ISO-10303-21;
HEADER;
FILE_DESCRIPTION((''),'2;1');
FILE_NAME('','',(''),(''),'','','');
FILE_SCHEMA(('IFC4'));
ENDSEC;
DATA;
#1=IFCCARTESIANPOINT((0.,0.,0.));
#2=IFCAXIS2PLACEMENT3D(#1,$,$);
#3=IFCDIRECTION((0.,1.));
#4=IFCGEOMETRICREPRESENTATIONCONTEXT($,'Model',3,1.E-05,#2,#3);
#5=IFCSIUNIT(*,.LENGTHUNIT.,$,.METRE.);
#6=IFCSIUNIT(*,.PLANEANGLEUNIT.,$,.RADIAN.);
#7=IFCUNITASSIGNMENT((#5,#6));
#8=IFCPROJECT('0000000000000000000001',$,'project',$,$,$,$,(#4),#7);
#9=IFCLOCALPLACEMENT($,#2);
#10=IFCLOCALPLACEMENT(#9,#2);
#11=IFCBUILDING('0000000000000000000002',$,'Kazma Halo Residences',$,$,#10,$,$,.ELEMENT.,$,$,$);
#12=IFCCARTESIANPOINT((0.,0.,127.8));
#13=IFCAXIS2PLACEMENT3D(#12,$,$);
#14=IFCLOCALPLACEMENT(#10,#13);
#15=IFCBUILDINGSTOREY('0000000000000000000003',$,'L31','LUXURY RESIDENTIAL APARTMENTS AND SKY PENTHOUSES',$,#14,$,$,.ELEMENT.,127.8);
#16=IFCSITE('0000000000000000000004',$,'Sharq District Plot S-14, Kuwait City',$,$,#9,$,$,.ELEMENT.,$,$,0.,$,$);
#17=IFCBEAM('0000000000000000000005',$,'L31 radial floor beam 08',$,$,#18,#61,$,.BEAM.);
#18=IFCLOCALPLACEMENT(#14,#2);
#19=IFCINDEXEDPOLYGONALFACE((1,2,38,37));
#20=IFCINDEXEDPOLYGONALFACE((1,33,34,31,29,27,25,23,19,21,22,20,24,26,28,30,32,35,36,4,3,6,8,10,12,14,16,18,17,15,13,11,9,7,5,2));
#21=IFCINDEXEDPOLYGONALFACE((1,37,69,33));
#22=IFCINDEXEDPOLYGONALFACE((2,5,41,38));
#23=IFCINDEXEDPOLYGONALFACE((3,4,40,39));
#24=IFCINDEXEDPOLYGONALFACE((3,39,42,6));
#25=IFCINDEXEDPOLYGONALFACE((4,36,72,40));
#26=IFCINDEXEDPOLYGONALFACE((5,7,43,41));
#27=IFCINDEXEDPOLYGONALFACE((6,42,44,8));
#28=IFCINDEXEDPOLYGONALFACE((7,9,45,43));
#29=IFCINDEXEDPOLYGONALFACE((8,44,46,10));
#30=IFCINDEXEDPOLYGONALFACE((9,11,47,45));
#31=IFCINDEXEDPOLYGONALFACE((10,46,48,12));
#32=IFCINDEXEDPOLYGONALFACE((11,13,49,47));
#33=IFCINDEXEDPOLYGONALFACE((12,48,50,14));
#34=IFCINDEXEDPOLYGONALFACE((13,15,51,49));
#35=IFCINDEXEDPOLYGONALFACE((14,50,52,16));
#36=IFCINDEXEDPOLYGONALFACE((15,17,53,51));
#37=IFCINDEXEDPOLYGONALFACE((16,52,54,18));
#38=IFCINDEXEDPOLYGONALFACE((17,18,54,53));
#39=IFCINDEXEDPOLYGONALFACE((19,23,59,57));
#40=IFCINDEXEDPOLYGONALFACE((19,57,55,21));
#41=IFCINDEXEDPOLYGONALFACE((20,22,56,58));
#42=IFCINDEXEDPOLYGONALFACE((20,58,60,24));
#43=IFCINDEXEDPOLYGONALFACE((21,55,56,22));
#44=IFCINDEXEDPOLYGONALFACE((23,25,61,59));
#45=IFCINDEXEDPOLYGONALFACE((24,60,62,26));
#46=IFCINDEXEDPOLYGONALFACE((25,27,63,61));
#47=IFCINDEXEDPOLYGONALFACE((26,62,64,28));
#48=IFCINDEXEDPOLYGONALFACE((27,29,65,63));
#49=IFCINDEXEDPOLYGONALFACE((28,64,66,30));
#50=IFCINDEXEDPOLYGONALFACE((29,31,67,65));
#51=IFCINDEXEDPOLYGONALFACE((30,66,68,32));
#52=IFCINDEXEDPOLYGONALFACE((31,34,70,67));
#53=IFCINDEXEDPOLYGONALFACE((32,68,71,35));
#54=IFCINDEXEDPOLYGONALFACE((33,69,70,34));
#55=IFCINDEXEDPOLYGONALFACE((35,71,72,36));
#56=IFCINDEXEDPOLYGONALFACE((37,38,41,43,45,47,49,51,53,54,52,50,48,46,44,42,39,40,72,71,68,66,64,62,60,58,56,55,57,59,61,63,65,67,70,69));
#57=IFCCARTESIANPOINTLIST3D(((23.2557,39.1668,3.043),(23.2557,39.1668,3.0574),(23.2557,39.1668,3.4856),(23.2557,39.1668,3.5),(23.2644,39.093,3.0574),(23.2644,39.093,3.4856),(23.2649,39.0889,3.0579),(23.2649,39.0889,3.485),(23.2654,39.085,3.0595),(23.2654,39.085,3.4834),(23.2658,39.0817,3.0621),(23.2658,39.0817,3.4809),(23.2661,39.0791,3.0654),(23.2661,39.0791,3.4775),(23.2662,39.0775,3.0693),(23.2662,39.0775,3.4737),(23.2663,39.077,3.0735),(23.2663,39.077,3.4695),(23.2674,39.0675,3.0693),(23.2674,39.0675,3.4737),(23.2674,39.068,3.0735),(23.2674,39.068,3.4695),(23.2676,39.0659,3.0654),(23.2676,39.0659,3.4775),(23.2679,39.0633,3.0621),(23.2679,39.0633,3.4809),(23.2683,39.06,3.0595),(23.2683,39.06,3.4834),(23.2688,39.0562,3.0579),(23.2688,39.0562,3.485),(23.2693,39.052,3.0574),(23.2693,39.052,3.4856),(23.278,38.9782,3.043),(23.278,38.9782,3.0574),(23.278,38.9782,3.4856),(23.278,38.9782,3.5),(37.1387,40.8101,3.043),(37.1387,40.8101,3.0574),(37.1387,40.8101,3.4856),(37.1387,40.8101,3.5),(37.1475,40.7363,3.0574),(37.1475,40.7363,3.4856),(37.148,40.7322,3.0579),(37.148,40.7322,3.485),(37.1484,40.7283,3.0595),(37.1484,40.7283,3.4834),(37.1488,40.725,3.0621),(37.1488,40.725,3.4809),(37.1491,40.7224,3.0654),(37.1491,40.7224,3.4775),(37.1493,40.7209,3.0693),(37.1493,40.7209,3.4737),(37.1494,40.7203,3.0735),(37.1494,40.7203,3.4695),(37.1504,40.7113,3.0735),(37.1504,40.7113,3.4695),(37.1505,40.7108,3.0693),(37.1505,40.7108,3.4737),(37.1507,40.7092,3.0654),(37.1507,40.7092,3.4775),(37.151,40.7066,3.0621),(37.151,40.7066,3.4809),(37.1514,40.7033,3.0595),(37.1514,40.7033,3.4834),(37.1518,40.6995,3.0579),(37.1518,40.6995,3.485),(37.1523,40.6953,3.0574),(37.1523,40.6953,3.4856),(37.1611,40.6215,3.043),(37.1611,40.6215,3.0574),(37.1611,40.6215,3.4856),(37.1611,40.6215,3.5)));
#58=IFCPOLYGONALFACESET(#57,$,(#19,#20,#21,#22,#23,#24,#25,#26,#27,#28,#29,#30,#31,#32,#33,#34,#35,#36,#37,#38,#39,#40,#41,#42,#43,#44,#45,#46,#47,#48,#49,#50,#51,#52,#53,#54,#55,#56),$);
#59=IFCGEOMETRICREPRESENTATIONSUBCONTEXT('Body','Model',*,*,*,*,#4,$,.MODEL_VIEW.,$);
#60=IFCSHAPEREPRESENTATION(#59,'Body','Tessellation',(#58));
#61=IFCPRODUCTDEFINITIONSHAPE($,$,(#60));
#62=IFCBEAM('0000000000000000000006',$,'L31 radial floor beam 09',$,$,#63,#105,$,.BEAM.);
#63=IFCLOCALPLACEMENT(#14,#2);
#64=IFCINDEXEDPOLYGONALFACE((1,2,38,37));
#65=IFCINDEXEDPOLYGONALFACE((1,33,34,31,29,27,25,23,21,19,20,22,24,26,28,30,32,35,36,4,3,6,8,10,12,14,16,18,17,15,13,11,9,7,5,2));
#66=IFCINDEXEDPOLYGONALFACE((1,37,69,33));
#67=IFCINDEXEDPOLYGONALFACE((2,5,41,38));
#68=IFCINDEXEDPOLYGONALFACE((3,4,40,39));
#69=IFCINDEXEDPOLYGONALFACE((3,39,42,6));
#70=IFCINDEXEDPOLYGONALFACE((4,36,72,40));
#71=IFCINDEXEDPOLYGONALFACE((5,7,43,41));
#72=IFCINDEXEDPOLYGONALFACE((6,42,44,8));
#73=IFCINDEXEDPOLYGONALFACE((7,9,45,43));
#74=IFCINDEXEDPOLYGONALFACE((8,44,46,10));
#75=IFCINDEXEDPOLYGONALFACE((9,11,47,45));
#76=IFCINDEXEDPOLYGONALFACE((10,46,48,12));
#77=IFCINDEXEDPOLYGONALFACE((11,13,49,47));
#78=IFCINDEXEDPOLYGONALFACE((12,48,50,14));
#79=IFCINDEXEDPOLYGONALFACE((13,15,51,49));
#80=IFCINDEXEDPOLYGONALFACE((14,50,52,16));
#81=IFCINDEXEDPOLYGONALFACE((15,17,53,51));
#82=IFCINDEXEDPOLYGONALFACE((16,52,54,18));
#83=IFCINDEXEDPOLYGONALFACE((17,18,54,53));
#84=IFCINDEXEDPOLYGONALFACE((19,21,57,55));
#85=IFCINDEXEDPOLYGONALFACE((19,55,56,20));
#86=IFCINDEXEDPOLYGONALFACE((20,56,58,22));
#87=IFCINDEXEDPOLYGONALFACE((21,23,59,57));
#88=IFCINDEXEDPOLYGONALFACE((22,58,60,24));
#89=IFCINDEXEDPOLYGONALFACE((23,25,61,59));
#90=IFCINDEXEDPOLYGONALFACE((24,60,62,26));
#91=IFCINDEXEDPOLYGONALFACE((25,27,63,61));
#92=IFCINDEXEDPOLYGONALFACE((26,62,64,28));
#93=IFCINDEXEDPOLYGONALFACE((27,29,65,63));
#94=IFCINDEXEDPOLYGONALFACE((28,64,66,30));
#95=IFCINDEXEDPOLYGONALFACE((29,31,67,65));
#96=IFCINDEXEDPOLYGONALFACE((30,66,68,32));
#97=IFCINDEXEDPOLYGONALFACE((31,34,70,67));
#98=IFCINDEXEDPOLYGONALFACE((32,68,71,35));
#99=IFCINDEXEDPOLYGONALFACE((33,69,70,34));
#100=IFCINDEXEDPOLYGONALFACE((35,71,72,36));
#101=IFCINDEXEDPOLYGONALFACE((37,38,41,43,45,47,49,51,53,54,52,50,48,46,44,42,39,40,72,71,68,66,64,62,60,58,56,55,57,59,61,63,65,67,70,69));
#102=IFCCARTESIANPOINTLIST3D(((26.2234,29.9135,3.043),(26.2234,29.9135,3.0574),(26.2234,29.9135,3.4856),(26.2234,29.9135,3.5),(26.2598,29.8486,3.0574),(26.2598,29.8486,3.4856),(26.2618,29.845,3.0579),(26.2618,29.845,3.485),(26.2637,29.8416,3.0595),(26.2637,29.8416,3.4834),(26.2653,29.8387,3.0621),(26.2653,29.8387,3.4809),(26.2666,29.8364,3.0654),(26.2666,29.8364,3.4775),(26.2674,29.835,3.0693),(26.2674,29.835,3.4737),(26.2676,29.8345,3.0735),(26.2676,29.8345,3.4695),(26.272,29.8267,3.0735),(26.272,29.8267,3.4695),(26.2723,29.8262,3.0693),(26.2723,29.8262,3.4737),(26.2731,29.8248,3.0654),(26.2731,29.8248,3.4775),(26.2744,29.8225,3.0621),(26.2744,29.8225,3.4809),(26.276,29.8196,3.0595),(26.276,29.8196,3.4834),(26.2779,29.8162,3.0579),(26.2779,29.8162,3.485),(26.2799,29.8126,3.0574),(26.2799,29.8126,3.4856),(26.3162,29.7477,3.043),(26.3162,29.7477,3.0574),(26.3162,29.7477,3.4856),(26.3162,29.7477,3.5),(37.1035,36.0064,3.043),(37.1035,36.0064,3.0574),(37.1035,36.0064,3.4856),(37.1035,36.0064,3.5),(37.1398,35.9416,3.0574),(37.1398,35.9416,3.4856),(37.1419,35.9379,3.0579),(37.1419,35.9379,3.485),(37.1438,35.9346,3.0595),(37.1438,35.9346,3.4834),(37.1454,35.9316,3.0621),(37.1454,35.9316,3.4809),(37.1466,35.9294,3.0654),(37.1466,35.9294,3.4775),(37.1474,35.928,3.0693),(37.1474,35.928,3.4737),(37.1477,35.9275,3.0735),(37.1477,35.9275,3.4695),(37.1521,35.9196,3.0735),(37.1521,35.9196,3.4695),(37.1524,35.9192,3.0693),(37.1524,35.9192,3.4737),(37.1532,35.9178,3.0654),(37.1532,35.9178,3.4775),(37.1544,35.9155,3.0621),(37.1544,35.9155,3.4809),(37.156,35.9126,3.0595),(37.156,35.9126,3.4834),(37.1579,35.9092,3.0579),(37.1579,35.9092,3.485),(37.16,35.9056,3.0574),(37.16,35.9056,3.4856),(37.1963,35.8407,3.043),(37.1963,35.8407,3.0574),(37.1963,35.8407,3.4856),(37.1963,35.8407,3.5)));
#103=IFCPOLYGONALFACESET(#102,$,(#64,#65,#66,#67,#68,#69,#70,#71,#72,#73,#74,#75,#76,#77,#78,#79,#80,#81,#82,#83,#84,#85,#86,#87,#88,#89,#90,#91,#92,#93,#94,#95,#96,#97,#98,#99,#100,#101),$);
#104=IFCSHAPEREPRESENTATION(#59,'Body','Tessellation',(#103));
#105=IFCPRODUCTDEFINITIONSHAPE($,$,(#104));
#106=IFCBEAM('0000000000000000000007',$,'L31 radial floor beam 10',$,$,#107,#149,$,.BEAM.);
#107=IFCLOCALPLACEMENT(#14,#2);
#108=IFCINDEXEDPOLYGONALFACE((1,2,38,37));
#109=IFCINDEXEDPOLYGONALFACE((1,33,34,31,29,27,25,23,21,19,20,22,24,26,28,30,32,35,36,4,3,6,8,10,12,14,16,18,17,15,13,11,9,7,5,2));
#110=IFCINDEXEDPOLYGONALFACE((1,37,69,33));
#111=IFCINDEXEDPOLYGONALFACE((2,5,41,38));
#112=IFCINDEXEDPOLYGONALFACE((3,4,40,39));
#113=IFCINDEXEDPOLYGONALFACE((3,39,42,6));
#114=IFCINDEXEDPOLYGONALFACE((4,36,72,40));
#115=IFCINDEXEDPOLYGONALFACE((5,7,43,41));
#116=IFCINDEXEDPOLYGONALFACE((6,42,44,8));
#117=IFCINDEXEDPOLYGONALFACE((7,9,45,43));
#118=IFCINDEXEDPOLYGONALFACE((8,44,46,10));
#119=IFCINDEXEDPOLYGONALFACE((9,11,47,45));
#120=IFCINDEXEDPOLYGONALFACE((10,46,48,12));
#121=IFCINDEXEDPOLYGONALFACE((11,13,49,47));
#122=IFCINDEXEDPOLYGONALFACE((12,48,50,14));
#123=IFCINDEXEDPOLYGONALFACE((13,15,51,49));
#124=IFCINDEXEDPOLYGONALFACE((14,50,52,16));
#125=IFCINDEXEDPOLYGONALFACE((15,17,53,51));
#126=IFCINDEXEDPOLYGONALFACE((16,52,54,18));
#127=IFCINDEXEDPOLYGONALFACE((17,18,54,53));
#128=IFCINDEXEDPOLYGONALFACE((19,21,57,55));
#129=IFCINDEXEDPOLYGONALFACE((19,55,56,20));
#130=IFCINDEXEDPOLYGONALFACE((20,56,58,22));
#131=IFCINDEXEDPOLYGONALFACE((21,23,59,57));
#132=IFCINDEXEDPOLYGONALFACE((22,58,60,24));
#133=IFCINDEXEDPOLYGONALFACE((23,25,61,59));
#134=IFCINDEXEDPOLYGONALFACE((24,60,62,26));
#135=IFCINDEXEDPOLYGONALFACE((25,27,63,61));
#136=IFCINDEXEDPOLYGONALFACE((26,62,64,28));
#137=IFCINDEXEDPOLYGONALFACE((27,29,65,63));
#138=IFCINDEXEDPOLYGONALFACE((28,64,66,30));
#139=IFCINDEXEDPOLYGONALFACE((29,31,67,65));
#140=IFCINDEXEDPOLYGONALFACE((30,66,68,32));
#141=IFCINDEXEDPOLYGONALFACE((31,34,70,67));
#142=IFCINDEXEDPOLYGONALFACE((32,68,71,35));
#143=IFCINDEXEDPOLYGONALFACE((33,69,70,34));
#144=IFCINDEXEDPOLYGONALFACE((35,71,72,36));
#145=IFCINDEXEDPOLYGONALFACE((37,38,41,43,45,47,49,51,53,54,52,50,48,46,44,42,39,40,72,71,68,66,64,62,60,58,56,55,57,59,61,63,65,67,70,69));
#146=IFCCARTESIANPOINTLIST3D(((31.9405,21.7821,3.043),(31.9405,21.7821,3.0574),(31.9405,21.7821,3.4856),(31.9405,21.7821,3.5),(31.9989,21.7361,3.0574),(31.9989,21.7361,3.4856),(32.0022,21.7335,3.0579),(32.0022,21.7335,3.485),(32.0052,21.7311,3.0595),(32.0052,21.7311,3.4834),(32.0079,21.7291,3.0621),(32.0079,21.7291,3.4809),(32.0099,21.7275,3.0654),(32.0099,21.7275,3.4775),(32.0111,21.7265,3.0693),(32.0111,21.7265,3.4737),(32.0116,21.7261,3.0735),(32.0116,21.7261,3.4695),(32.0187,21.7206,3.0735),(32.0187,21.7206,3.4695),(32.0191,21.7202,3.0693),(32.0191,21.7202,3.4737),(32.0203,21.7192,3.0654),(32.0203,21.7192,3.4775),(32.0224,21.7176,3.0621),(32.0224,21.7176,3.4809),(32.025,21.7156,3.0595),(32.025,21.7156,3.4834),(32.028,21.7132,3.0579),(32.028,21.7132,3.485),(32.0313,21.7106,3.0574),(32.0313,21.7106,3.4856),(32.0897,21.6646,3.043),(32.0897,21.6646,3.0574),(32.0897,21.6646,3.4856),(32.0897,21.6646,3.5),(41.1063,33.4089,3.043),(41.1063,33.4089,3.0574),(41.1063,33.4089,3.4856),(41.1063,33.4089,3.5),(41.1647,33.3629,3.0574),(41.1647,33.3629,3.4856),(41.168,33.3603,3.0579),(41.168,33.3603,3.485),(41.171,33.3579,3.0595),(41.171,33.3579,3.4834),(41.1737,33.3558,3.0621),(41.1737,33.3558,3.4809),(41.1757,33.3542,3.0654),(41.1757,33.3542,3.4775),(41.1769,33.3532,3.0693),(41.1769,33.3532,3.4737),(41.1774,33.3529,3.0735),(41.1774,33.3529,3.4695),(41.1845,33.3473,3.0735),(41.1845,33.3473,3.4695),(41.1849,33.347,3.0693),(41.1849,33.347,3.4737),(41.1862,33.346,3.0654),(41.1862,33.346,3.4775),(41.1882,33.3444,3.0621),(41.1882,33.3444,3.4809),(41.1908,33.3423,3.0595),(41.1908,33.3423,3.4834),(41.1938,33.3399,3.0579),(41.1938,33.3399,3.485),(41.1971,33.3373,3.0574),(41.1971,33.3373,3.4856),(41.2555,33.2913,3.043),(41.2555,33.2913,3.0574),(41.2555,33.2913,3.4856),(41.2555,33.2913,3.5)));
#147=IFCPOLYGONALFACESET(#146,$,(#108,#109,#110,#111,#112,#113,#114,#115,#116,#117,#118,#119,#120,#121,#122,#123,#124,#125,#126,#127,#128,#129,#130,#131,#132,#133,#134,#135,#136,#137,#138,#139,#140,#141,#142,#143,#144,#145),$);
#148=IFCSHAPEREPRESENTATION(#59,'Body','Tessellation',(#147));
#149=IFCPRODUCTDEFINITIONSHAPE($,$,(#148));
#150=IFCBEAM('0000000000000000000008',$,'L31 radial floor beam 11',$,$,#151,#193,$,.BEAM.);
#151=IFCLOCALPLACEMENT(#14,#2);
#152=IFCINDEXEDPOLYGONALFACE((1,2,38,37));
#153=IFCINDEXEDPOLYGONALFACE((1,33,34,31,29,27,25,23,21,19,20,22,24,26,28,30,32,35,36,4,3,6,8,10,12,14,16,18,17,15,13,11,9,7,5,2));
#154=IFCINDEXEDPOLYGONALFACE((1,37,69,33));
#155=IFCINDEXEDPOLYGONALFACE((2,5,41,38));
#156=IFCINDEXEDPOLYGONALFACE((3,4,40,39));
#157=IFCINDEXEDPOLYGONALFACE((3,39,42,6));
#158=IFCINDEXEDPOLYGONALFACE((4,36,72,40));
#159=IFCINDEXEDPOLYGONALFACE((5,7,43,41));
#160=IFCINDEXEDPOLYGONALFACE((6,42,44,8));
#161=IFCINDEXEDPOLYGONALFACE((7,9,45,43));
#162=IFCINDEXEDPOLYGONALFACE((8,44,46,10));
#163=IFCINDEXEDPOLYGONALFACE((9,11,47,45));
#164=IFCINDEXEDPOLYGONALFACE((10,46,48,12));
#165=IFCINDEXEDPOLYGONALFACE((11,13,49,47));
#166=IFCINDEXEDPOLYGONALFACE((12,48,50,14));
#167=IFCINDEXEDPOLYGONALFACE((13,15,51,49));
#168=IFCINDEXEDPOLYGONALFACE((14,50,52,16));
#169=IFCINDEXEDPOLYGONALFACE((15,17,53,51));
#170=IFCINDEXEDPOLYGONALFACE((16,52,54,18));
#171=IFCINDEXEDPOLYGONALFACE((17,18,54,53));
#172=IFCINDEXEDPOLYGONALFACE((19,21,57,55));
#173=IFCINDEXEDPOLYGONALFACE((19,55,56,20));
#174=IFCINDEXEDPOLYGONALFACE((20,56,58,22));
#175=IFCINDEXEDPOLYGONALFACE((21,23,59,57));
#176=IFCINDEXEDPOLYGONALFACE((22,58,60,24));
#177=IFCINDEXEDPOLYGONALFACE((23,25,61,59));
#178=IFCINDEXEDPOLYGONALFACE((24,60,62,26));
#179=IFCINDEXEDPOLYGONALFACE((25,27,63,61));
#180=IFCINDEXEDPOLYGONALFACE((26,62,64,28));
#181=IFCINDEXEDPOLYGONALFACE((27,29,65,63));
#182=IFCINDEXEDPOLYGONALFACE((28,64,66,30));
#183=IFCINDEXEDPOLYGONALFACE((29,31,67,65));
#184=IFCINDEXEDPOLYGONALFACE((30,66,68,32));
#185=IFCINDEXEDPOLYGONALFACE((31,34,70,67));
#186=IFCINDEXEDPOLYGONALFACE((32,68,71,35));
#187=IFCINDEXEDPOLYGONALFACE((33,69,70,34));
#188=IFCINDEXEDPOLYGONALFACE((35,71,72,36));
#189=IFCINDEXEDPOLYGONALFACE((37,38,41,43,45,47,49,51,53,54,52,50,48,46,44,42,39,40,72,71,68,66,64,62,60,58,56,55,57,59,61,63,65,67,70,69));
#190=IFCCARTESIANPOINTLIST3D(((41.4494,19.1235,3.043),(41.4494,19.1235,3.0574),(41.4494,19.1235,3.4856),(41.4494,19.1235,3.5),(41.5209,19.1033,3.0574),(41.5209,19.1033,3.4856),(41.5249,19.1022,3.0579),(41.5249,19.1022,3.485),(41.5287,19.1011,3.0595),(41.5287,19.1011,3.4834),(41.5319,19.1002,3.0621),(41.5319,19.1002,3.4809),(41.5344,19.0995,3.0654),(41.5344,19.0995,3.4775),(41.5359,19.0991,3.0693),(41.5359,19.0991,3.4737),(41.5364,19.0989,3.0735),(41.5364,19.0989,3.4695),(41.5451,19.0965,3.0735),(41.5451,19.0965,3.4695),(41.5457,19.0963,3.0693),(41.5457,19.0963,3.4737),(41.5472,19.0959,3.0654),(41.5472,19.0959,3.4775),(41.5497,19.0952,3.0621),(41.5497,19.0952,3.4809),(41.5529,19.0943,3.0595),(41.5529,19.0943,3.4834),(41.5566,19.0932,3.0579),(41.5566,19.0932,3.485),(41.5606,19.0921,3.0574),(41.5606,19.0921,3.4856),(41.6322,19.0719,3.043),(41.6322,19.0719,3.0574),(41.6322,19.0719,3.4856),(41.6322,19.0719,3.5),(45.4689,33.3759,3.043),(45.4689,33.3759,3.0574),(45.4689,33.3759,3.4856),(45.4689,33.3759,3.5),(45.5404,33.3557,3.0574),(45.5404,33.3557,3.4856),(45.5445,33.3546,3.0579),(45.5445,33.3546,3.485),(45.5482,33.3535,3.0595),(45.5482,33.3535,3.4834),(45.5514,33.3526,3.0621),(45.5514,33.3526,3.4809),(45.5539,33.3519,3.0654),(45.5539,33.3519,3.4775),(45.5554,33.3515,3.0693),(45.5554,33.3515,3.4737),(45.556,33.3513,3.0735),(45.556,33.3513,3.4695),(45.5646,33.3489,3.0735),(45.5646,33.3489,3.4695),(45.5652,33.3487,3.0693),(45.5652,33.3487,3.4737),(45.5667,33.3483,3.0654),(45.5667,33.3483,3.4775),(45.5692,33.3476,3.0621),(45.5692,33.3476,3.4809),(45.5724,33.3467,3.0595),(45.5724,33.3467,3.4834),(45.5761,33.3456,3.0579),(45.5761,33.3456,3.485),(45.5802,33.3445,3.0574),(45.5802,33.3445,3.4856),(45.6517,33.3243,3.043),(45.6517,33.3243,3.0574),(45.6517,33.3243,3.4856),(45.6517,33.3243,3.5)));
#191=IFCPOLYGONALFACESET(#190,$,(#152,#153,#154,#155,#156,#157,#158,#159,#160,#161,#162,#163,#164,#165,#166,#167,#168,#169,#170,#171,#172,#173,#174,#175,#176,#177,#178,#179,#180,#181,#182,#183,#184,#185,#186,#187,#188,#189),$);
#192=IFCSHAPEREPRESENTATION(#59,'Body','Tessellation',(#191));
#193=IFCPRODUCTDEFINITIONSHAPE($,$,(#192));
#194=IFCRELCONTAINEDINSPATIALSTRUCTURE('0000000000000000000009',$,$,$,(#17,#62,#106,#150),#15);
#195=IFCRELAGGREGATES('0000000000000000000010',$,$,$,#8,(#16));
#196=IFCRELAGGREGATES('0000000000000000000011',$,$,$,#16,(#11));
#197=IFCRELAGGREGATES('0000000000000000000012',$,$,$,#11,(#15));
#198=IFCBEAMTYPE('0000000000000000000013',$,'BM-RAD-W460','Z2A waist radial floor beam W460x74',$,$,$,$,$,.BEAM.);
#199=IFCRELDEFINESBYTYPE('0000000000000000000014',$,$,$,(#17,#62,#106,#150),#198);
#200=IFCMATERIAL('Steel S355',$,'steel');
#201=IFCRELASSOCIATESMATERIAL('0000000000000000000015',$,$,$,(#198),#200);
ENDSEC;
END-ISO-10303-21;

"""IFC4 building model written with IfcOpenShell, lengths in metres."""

from ifc_helpers import new_model, si_unit, direction, frame, origin, origin_2d, place, context, subcontext, project, spatial, i_section, extrude, material, material_profile, profile_set, type_object, element, save


model = new_model("IFC4")

# Units and contexts
model_context = context("Model", 3, precision=1e-05, world=origin(), true_north=direction((0.0, 1.0)))
body_context = subcontext(model_context, "Body", "Model", "MODEL_VIEW")
ifc_project = project(units=[si_unit("LENGTHUNIT", "METRE"), si_unit("PLANEANGLEUNIT", "RADIAN")], contexts=[model_context])

# Site, building, storey
site_placement = place(None, origin())
site = spatial("IfcSite", under=ifc_project, at=site_placement, Name="Sharq District Plot S-14, Kuwait City", CompositionType="ELEMENT", RefElevation=0.0)
building_placement = place(site_placement, origin())
building = spatial("IfcBuilding", under=site, at=building_placement, Name="Kazma Halo Residences", CompositionType="ELEMENT")
storey_placement = place(building_placement, frame((0.0, 0.0, 127.8)))
storey = spatial("IfcBuildingStorey", under=building, at=storey_placement, Name="L31", Description="LUXURY RESIDENTIAL APARTMENTS AND SKY PENTHOUSES", CompositionType="ELEMENT", Elevation=127.8)

# Beams
ifc_material_1 = material(Name="Steel S355", Category="steel")
ifc_material_profile_1 = material_profile(ifc_material_1, i_section(OverallWidth=0.1899, OverallDepth=0.457, WebThickness=0.009, FlangeThickness=0.0144, FilletRadius=0.0161, at=origin_2d()), Name="W460x74")
ifc_profile_set_1 = profile_set([ifc_material_profile_1], Name="Steel S355")
beam_type_1 = type_object("IfcBeamType", Name="BM-RAD-W460", Description="Z2A waist radial floor beam W460x74", PredefinedType="BEAM", material=ifc_profile_set_1)
beam_1_placement = place(storey_placement, frame((37.1499, 40.7158, 3.2715), z_axis=(-0.993067, -0.117547, 0.0), x_axis=(0.117547, -0.993067, 0.0)))
element("IfcBeam", 1, at=beam_1_placement, inside=storey, type_object=beam_type_1, Name="L31 radial floor beam 08", PredefinedType="BEAM", context=body_context, shape_type="SweptSolid", body=[
    extrude(i_section(OverallWidth=0.1899, OverallDepth=0.457, WebThickness=0.009, FlangeThickness=0.0144, FilletRadius=0.0161, at=origin_2d()), origin(), (0.0, 0.0, 1.0), 13.98),
])
beam_2_placement = place(storey_placement, frame((37.1499, 35.9236, 3.2715), z_axis=(-0.872501, -0.488612, 0.0), x_axis=(0.488612, -0.872501, 0.0)))
element("IfcBeam", 2, at=beam_2_placement, inside=storey, type_object=beam_type_1, Name="L31 radial floor beam 09", PredefinedType="BEAM", context=body_context, shape_type="SweptSolid", body=[
    extrude(i_section(OverallWidth=0.1899, OverallDepth=0.457, WebThickness=0.009, FlangeThickness=0.0144, FilletRadius=0.0161, at=origin_2d()), origin(), (0.0, 0.0, 1.0), 12.47),
])
beam_3_placement = place(storey_placement, frame((41.1809, 33.3501, 3.2715), z_axis=(-0.619094, -0.785316, 0.0), x_axis=(0.785316, -0.619094, 0.0)))
element("IfcBeam", 3, at=beam_3_placement, inside=storey, type_object=beam_type_1, Name="L31 radial floor beam 10", PredefinedType="BEAM", context=body_context, shape_type="SweptSolid", body=[
    extrude(i_section(OverallWidth=0.1899, OverallDepth=0.457, WebThickness=0.009, FlangeThickness=0.0144, FilletRadius=0.0161, at=origin_2d()), origin(), (0.0, 0.0, 1.0), 14.8052),
])
beam_4_placement = place(storey_placement, frame((45.5603, 33.3501, 3.2715), z_axis=(-0.271436, -0.962457, 0.0), x_axis=(0.962457, -0.271436, 0.0)))
element("IfcBeam", 4, at=beam_4_placement, inside=storey, type_object=beam_type_1, Name="L31 radial floor beam 11", PredefinedType="BEAM", context=body_context, shape_type="SweptSolid", body=[
    extrude(i_section(OverallWidth=0.1899, OverallDepth=0.457, WebThickness=0.009, FlangeThickness=0.0144, FilletRadius=0.0161, at=origin_2d()), origin(), (0.0, 0.0, 1.0), 14.8083),
])

save(model, "model.ifc")
